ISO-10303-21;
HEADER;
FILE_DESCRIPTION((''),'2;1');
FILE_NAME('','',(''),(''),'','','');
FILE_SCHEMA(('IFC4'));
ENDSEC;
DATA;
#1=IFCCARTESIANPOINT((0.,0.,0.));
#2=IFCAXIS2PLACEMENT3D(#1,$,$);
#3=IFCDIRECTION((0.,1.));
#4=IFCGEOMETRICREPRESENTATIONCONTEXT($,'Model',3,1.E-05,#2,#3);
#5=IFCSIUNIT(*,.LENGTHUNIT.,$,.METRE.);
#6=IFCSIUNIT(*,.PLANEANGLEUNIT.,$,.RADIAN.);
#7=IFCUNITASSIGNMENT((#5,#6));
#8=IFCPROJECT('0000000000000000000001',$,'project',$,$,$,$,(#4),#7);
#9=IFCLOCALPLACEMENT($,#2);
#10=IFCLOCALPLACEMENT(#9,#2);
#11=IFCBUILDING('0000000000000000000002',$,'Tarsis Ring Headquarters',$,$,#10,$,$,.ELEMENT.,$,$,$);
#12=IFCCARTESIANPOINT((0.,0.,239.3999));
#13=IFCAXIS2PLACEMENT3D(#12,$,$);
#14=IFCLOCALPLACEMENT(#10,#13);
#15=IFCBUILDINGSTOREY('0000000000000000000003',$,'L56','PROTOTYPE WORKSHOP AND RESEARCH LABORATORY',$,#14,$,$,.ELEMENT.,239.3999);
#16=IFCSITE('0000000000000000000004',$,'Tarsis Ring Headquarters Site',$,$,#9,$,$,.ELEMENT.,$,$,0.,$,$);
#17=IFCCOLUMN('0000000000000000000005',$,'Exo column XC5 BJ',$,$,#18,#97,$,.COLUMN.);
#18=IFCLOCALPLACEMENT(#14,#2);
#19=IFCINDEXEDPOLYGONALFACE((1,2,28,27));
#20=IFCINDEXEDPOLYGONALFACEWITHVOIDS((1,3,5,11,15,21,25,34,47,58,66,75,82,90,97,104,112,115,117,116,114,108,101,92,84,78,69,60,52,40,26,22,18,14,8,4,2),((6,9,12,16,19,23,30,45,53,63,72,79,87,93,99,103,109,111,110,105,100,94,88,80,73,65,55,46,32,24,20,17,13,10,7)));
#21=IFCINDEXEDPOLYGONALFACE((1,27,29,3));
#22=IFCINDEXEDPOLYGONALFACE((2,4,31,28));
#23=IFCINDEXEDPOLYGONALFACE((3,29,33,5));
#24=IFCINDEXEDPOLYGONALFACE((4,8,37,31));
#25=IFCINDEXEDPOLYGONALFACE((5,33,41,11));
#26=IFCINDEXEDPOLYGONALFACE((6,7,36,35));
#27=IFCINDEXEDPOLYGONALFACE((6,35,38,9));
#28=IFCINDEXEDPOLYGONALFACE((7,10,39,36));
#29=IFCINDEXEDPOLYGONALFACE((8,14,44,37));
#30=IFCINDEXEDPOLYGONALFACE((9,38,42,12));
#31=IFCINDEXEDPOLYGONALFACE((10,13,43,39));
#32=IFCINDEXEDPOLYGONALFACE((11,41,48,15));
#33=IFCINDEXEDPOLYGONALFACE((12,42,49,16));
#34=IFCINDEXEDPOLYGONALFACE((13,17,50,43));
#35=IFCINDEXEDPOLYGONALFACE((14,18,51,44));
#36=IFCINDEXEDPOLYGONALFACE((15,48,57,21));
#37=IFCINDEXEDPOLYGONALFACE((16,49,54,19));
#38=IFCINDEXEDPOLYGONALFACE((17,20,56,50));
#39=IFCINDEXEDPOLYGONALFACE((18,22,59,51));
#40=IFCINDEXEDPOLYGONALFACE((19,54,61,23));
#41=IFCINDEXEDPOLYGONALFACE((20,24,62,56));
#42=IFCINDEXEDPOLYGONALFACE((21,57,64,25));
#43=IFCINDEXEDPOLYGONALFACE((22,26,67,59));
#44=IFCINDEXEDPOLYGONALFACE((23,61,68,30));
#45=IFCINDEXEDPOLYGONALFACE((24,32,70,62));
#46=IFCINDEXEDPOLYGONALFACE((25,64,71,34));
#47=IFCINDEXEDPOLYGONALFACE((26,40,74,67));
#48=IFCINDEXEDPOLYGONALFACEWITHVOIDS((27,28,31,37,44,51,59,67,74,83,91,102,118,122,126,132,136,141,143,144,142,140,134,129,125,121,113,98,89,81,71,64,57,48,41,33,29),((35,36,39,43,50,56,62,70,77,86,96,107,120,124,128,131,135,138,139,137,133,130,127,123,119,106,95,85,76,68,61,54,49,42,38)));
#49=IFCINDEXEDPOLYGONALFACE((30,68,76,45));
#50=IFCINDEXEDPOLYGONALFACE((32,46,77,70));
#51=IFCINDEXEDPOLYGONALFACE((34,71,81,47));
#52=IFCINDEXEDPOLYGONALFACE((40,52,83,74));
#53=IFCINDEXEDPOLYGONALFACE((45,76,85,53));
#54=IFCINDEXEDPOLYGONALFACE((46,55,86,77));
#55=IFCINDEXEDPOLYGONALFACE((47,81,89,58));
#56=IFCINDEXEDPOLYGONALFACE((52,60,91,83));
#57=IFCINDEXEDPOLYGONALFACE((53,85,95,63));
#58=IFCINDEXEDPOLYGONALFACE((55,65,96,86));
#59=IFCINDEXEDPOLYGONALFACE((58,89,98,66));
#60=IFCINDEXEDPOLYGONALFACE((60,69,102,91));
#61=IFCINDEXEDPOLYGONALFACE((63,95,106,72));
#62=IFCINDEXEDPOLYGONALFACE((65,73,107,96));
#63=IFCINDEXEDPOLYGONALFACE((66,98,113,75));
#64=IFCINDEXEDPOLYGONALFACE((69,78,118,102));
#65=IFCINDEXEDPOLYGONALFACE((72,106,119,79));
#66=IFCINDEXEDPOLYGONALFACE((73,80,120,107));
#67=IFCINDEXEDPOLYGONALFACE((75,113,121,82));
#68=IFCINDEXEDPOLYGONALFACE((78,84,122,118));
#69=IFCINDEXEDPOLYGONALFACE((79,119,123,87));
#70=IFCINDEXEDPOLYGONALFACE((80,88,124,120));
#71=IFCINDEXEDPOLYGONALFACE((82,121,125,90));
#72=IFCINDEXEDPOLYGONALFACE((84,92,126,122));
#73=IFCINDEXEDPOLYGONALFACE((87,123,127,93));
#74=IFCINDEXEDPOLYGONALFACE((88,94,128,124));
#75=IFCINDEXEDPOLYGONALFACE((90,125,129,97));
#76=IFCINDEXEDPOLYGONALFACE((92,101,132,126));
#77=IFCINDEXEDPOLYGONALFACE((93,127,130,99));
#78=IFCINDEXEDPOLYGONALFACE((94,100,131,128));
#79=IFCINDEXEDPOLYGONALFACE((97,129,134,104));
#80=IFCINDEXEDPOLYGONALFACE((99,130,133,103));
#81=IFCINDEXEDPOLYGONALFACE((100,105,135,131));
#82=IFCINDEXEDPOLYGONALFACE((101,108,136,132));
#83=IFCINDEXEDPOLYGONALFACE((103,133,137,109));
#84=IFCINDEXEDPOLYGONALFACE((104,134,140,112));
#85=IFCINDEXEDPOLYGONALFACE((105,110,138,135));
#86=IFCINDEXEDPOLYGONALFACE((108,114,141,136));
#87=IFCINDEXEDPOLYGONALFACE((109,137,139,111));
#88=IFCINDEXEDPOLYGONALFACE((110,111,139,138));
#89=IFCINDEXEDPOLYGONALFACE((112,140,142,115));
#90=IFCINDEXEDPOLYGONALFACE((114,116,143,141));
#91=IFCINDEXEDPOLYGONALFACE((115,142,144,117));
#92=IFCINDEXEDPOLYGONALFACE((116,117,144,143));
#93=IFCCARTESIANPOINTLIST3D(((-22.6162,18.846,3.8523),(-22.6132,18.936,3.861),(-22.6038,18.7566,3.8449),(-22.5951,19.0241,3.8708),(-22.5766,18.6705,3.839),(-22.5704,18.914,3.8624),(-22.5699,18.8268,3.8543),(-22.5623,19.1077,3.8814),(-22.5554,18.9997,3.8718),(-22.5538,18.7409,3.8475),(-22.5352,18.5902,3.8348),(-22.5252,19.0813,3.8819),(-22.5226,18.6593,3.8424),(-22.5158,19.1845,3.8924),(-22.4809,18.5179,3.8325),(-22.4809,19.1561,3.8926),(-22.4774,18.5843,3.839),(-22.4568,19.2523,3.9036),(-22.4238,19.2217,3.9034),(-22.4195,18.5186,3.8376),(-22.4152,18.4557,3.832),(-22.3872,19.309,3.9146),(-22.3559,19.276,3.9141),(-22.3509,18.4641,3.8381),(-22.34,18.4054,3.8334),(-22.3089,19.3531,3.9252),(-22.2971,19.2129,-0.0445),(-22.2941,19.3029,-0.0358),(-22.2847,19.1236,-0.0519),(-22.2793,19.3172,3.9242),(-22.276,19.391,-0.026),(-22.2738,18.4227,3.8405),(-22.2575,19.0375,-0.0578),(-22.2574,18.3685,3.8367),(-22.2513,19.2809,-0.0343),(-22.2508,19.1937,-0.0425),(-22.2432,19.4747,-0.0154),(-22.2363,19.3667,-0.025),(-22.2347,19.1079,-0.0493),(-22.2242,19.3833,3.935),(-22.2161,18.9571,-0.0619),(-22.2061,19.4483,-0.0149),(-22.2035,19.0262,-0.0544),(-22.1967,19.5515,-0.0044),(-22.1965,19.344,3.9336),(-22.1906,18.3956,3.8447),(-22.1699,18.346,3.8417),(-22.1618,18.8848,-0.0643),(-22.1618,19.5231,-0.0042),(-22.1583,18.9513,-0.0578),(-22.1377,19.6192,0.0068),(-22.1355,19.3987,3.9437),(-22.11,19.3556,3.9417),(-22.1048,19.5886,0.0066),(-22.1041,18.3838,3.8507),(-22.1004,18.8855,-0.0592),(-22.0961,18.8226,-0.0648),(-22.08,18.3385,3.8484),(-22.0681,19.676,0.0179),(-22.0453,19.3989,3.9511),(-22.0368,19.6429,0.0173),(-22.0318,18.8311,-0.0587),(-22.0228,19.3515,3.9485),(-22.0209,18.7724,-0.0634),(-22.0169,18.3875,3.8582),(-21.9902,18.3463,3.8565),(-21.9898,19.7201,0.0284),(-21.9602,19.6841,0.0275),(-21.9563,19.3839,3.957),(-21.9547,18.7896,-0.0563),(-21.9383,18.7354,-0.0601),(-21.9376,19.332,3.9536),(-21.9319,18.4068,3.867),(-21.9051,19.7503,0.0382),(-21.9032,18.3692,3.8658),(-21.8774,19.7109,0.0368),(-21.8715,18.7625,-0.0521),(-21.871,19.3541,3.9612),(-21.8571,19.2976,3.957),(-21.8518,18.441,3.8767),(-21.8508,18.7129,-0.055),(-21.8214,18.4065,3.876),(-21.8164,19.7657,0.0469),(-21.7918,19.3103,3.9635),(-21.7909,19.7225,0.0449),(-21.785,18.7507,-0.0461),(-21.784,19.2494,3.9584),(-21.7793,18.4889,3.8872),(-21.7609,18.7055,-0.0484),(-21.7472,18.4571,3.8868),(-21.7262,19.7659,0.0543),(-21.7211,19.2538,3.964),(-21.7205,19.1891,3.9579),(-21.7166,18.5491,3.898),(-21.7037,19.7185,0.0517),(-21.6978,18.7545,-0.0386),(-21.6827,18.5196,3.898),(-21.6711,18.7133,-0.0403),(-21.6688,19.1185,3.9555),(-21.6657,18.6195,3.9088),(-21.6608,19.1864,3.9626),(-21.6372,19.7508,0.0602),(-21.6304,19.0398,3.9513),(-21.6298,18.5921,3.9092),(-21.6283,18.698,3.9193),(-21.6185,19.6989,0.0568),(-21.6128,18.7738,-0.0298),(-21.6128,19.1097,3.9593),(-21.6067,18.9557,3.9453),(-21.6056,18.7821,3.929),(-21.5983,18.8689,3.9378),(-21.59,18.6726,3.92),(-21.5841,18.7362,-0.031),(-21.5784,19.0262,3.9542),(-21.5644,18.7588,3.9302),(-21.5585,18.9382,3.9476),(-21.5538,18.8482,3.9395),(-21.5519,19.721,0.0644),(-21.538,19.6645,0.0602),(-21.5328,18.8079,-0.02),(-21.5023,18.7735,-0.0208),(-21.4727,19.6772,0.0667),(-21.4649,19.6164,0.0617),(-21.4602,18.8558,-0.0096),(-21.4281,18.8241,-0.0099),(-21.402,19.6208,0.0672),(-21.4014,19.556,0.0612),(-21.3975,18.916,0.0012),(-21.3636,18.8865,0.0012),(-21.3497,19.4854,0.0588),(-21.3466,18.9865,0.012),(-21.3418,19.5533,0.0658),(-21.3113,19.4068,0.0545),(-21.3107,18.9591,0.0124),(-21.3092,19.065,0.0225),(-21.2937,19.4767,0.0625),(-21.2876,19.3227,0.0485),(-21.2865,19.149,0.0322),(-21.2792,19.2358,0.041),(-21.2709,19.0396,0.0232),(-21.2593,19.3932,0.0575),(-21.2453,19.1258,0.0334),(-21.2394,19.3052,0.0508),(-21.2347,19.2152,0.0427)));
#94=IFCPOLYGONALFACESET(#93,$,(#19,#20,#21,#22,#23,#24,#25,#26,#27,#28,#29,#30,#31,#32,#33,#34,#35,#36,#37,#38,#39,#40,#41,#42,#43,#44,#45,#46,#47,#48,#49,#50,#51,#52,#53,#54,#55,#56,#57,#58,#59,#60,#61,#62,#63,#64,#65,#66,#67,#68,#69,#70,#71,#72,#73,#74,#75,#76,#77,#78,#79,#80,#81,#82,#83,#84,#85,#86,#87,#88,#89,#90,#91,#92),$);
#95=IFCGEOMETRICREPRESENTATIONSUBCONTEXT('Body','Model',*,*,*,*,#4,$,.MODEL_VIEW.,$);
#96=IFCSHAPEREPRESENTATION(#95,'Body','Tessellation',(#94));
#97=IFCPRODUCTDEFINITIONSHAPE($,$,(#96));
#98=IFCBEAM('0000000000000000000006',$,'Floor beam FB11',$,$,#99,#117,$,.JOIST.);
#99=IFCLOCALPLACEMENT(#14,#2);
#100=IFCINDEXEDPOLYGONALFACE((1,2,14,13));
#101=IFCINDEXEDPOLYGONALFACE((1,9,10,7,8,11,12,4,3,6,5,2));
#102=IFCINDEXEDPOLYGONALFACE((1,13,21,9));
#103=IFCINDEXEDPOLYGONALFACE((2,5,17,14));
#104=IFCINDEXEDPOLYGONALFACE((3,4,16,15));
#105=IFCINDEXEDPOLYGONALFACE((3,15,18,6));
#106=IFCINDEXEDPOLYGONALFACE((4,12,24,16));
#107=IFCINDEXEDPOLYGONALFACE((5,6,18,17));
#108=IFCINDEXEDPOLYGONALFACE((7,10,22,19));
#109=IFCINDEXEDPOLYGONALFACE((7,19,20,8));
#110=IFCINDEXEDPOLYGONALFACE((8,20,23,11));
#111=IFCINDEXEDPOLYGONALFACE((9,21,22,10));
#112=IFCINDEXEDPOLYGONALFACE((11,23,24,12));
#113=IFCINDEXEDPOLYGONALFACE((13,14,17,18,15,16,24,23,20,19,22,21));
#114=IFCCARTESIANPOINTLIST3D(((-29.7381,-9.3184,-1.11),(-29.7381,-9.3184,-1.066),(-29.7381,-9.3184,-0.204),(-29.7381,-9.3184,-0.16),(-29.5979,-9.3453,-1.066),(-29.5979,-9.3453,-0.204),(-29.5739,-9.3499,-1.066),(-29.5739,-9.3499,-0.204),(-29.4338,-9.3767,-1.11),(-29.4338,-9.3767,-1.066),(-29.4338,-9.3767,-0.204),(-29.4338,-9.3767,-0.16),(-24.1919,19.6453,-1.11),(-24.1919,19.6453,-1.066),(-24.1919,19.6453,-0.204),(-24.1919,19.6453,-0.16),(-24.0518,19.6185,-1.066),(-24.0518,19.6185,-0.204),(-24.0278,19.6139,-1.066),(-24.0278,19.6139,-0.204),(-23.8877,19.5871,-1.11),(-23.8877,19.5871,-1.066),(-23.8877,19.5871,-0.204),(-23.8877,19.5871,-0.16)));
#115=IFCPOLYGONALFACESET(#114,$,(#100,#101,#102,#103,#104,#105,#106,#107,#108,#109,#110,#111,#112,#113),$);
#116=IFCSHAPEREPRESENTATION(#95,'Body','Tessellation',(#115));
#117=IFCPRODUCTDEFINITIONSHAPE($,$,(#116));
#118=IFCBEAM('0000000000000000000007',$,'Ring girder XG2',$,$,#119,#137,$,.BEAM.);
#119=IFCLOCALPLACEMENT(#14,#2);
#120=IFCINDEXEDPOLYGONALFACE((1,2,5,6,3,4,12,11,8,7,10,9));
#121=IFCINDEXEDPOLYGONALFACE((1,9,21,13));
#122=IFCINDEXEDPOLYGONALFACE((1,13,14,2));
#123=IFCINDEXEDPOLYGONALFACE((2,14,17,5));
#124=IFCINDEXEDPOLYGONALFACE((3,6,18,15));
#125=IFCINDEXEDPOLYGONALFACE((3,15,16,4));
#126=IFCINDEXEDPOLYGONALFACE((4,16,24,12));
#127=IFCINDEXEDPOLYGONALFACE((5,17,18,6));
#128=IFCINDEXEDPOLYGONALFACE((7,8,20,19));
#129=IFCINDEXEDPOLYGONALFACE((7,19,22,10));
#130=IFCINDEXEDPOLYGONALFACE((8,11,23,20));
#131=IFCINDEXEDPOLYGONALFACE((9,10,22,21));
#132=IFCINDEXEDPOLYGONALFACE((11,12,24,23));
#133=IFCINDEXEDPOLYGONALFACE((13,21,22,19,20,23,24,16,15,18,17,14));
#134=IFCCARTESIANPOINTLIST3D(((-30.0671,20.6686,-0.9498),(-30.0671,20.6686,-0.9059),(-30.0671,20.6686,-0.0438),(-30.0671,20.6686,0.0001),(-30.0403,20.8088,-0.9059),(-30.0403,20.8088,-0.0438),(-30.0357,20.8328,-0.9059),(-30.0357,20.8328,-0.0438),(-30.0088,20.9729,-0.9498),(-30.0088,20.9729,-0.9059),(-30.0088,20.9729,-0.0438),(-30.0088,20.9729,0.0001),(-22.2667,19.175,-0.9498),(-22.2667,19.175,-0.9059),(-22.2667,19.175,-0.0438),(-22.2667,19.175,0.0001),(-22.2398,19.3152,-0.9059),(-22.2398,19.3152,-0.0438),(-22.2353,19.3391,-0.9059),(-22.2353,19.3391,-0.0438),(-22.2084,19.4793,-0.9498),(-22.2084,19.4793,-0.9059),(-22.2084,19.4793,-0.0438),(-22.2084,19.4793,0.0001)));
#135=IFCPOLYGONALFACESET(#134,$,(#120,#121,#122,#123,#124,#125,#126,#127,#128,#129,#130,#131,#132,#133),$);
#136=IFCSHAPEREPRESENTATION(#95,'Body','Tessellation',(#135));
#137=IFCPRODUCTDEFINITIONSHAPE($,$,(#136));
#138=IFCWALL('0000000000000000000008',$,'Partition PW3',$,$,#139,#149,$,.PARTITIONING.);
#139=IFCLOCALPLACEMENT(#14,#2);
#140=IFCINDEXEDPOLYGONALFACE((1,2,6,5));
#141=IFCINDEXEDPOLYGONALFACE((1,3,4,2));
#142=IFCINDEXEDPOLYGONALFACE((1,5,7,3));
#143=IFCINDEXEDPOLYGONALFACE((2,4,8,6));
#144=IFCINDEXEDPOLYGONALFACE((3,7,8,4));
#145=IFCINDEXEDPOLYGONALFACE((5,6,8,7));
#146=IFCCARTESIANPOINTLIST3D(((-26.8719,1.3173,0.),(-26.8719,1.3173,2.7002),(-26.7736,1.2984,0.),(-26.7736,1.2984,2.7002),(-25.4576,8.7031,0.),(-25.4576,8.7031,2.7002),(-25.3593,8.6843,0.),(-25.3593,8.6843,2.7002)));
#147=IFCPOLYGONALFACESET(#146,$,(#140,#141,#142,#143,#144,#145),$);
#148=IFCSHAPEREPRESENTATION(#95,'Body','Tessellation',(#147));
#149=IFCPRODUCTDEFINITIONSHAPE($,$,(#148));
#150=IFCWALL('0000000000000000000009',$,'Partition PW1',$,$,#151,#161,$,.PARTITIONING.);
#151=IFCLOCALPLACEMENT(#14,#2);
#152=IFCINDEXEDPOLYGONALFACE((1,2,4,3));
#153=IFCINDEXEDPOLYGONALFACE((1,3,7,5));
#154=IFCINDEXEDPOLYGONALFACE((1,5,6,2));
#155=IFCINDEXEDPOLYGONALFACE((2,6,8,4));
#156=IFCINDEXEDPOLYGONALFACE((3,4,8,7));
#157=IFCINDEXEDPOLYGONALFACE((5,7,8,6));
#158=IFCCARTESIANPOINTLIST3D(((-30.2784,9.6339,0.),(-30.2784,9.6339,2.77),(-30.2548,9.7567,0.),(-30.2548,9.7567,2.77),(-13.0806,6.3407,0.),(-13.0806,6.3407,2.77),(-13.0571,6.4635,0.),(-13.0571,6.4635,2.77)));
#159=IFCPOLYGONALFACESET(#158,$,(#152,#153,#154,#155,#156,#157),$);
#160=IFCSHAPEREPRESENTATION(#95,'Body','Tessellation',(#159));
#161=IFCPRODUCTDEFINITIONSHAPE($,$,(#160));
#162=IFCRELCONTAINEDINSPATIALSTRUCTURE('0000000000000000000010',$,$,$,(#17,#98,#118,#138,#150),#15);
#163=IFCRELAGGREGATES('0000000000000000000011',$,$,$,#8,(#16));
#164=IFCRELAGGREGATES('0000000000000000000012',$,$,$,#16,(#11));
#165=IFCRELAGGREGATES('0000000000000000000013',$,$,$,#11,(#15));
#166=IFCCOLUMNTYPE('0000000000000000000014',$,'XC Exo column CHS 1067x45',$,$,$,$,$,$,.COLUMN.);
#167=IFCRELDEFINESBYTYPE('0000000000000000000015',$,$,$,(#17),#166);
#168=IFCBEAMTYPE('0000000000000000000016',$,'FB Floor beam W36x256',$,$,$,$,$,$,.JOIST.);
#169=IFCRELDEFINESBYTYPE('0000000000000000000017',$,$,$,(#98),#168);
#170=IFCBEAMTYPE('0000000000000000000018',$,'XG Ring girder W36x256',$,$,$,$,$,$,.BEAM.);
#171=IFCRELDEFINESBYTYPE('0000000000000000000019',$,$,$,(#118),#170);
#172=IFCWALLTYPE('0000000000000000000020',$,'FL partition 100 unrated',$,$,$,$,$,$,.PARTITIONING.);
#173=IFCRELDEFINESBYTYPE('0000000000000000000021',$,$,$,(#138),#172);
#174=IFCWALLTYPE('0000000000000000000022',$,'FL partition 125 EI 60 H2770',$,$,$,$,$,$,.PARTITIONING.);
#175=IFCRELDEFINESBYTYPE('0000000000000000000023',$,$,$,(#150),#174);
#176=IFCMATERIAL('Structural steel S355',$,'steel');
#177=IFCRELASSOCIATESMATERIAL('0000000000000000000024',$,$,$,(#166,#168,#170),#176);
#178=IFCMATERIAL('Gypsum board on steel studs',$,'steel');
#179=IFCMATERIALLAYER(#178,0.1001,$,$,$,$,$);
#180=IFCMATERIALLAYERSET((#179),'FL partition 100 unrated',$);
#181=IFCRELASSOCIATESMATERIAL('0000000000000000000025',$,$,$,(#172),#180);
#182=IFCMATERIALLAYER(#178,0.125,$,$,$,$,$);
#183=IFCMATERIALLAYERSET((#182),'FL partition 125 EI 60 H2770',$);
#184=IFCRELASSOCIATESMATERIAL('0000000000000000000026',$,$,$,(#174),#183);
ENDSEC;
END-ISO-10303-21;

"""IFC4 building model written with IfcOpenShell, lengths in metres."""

from ifc_helpers import new_model, si_unit, direction, frame, frame_2d, origin, origin_2d, place, context, subcontext, project, spatial, rectangle, hollow_circle, i_section, extrude, material, layer, layer_set, material_profile, profile_set, type_object, element, save


model = new_model("IFC4")

# Units and contexts
model_context = context("Model", 3, precision=1e-05, world=origin(), true_north=direction((0.0, 1.0)))
body_context = subcontext(model_context, "Body", "Model", "MODEL_VIEW")
ifc_project = project(units=[si_unit("LENGTHUNIT", "METRE"), si_unit("PLANEANGLEUNIT", "RADIAN")], contexts=[model_context])

# Site, building, storey
site_placement = place(None, origin())
site = spatial("IfcSite", under=ifc_project, at=site_placement, Name="Tarsis Ring Headquarters Site", CompositionType="ELEMENT", RefElevation=0.0)
building_placement = place(site_placement, origin())
building = spatial("IfcBuilding", under=site, at=building_placement, Name="Tarsis Ring Headquarters", CompositionType="ELEMENT")
storey_placement = place(building_placement, frame((0.0, 0.0, 239.3999)))
storey = spatial("IfcBuildingStorey", under=building, at=storey_placement, Name="L56", Description="PROTOTYPE WORKSHOP AND RESEARCH LABORATORY", CompositionType="ELEMENT", Elevation=239.3999)

# Column
ifc_material_1 = material(Name="Structural steel S355", Category="steel")
ifc_material_profile_1 = material_profile(ifc_material_1, hollow_circle(Radius=0.5334, WallThickness=0.0449, at=origin_2d()), Name="CHS 1067x45")
ifc_profile_set_1 = profile_set([ifc_material_profile_1], Name="Structural steel S355")
column_type = type_object("IfcColumnType", Name="XC Exo column CHS 1067x45", PredefinedType="COLUMN", material=ifc_profile_set_1)
column_placement = place(storey_placement, frame((-21.7661, 19.2366, 0.0012), z_axis=(-0.081257, -0.093442, 0.992303), x_axis=(0.754595, -0.656191, 0.0)))
element("IfcColumn", 1, at=column_placement, inside=storey, type_object=column_type, Name="Exo column XC5 BJ", PredefinedType="COLUMN", context=body_context, shape_type="SweptSolid", body=[
    extrude(hollow_circle(Radius=0.5334, WallThickness=0.0449, at=origin_2d()), origin(), (0.0, 0.0, 1.0), 3.927),
])

# Beams
ifc_material_profile_2 = material_profile(ifc_material_1, i_section(OverallWidth=0.3098, OverallDepth=0.95, WebThickness=0.0244, FlangeThickness=0.0439, at=origin_2d()), Name="W36x256")
ifc_profile_set_2 = profile_set([ifc_material_profile_2], Name="Structural steel S355")
beam_type_1 = type_object("IfcBeamType", Name="FB Floor beam W36x256", PredefinedType="JOIST", material=ifc_profile_set_2)
beam_1_placement = place(storey_placement, frame((-24.0398, 19.6162, -0.635), z_axis=(-0.188068, -0.982156, 0.0), x_axis=(0.982156, -0.188068, 0.0)))
element("IfcBeam", 2, at=beam_1_placement, inside=storey, type_object=beam_type_1, Name="Floor beam FB11", PredefinedType="JOIST", context=body_context, shape_type="SweptSolid", body=[
    extrude(i_section(OverallWidth=0.3098, OverallDepth=0.95, WebThickness=0.0244, FlangeThickness=0.0439, at=origin_2d()), origin(), (0.0, 0.0, 1.0), 29.49),
])
beam_type_2 = type_object("IfcBeamType", Name="XG Ring girder W36x256", PredefinedType="BEAM", material=ifc_profile_set_2)
beam_2_placement = place(storey_placement, frame((-22.2375, 19.3271, -0.4749), z_axis=(-0.982157, 0.188064, 0.0), x_axis=(-0.188064, -0.982157, 0.0)))
element("IfcBeam", 3, at=beam_2_placement, inside=storey, type_object=beam_type_2, Name="Ring girder XG2", PredefinedType="BEAM", context=body_context, shape_type="SweptSolid", body=[
    extrude(i_section(OverallWidth=0.3098, OverallDepth=0.95, WebThickness=0.0244, FlangeThickness=0.0439, at=origin_2d()), origin(), (0.0, 0.0, 1.0), 7.9421),
])

# Walls
ifc_material_2 = material(Name="Gypsum board on steel studs", Category="steel")
ifc_layer_1 = layer(ifc_material_2, 0.1001)
ifc_layer_set_1 = layer_set([ifc_layer_1], Name="FL partition 100 unrated")
wall_type_1 = type_object("IfcWallType", Name="FL partition 100 unrated", PredefinedType="PARTITIONING", material=ifc_layer_set_1)
wall_1_placement = place(storey_placement, frame((-26.8228, 1.3079, 0.0), z_axis=(0.0, 0.0, 1.0), x_axis=(0.188074, 0.982155, 0.0)))
element("IfcWall", 4, at=wall_1_placement, inside=storey, type_object=wall_type_1, Name="Partition PW3", PredefinedType="PARTITIONING", context=body_context, shape_type="SweptSolid", body=[
    extrude(rectangle(XDim=7.52, YDim=0.1001, at=frame_2d((3.76, 0.0))), origin(), (0.0, 0.0, 1.0), 2.7002),
])
ifc_layer_2 = layer(ifc_material_2, 0.125)
ifc_layer_set_2 = layer_set([ifc_layer_2], Name="FL partition 125 EI 60 H2770")
wall_type_2 = type_object("IfcWallType", Name="FL partition 125 EI 60 H2770", PredefinedType="PARTITIONING", material=ifc_layer_set_2)
wall_2_placement = place(storey_placement, frame((-30.2666, 9.6953, 0.0), z_axis=(0.0, 0.0, 1.0), x_axis=(0.982155, -0.188074, 0.0)))
element("IfcWall", 5, at=wall_2_placement, inside=storey, type_object=wall_type_2, Name="Partition PW1", PredefinedType="PARTITIONING", context=body_context, shape_type="SweptSolid", body=[
    extrude(rectangle(XDim=17.5103, YDim=0.125, at=frame_2d((8.7551, 0.0))), origin(), (0.0, 0.0, 1.0), 2.77),
])

save(model, "model.ifc")
